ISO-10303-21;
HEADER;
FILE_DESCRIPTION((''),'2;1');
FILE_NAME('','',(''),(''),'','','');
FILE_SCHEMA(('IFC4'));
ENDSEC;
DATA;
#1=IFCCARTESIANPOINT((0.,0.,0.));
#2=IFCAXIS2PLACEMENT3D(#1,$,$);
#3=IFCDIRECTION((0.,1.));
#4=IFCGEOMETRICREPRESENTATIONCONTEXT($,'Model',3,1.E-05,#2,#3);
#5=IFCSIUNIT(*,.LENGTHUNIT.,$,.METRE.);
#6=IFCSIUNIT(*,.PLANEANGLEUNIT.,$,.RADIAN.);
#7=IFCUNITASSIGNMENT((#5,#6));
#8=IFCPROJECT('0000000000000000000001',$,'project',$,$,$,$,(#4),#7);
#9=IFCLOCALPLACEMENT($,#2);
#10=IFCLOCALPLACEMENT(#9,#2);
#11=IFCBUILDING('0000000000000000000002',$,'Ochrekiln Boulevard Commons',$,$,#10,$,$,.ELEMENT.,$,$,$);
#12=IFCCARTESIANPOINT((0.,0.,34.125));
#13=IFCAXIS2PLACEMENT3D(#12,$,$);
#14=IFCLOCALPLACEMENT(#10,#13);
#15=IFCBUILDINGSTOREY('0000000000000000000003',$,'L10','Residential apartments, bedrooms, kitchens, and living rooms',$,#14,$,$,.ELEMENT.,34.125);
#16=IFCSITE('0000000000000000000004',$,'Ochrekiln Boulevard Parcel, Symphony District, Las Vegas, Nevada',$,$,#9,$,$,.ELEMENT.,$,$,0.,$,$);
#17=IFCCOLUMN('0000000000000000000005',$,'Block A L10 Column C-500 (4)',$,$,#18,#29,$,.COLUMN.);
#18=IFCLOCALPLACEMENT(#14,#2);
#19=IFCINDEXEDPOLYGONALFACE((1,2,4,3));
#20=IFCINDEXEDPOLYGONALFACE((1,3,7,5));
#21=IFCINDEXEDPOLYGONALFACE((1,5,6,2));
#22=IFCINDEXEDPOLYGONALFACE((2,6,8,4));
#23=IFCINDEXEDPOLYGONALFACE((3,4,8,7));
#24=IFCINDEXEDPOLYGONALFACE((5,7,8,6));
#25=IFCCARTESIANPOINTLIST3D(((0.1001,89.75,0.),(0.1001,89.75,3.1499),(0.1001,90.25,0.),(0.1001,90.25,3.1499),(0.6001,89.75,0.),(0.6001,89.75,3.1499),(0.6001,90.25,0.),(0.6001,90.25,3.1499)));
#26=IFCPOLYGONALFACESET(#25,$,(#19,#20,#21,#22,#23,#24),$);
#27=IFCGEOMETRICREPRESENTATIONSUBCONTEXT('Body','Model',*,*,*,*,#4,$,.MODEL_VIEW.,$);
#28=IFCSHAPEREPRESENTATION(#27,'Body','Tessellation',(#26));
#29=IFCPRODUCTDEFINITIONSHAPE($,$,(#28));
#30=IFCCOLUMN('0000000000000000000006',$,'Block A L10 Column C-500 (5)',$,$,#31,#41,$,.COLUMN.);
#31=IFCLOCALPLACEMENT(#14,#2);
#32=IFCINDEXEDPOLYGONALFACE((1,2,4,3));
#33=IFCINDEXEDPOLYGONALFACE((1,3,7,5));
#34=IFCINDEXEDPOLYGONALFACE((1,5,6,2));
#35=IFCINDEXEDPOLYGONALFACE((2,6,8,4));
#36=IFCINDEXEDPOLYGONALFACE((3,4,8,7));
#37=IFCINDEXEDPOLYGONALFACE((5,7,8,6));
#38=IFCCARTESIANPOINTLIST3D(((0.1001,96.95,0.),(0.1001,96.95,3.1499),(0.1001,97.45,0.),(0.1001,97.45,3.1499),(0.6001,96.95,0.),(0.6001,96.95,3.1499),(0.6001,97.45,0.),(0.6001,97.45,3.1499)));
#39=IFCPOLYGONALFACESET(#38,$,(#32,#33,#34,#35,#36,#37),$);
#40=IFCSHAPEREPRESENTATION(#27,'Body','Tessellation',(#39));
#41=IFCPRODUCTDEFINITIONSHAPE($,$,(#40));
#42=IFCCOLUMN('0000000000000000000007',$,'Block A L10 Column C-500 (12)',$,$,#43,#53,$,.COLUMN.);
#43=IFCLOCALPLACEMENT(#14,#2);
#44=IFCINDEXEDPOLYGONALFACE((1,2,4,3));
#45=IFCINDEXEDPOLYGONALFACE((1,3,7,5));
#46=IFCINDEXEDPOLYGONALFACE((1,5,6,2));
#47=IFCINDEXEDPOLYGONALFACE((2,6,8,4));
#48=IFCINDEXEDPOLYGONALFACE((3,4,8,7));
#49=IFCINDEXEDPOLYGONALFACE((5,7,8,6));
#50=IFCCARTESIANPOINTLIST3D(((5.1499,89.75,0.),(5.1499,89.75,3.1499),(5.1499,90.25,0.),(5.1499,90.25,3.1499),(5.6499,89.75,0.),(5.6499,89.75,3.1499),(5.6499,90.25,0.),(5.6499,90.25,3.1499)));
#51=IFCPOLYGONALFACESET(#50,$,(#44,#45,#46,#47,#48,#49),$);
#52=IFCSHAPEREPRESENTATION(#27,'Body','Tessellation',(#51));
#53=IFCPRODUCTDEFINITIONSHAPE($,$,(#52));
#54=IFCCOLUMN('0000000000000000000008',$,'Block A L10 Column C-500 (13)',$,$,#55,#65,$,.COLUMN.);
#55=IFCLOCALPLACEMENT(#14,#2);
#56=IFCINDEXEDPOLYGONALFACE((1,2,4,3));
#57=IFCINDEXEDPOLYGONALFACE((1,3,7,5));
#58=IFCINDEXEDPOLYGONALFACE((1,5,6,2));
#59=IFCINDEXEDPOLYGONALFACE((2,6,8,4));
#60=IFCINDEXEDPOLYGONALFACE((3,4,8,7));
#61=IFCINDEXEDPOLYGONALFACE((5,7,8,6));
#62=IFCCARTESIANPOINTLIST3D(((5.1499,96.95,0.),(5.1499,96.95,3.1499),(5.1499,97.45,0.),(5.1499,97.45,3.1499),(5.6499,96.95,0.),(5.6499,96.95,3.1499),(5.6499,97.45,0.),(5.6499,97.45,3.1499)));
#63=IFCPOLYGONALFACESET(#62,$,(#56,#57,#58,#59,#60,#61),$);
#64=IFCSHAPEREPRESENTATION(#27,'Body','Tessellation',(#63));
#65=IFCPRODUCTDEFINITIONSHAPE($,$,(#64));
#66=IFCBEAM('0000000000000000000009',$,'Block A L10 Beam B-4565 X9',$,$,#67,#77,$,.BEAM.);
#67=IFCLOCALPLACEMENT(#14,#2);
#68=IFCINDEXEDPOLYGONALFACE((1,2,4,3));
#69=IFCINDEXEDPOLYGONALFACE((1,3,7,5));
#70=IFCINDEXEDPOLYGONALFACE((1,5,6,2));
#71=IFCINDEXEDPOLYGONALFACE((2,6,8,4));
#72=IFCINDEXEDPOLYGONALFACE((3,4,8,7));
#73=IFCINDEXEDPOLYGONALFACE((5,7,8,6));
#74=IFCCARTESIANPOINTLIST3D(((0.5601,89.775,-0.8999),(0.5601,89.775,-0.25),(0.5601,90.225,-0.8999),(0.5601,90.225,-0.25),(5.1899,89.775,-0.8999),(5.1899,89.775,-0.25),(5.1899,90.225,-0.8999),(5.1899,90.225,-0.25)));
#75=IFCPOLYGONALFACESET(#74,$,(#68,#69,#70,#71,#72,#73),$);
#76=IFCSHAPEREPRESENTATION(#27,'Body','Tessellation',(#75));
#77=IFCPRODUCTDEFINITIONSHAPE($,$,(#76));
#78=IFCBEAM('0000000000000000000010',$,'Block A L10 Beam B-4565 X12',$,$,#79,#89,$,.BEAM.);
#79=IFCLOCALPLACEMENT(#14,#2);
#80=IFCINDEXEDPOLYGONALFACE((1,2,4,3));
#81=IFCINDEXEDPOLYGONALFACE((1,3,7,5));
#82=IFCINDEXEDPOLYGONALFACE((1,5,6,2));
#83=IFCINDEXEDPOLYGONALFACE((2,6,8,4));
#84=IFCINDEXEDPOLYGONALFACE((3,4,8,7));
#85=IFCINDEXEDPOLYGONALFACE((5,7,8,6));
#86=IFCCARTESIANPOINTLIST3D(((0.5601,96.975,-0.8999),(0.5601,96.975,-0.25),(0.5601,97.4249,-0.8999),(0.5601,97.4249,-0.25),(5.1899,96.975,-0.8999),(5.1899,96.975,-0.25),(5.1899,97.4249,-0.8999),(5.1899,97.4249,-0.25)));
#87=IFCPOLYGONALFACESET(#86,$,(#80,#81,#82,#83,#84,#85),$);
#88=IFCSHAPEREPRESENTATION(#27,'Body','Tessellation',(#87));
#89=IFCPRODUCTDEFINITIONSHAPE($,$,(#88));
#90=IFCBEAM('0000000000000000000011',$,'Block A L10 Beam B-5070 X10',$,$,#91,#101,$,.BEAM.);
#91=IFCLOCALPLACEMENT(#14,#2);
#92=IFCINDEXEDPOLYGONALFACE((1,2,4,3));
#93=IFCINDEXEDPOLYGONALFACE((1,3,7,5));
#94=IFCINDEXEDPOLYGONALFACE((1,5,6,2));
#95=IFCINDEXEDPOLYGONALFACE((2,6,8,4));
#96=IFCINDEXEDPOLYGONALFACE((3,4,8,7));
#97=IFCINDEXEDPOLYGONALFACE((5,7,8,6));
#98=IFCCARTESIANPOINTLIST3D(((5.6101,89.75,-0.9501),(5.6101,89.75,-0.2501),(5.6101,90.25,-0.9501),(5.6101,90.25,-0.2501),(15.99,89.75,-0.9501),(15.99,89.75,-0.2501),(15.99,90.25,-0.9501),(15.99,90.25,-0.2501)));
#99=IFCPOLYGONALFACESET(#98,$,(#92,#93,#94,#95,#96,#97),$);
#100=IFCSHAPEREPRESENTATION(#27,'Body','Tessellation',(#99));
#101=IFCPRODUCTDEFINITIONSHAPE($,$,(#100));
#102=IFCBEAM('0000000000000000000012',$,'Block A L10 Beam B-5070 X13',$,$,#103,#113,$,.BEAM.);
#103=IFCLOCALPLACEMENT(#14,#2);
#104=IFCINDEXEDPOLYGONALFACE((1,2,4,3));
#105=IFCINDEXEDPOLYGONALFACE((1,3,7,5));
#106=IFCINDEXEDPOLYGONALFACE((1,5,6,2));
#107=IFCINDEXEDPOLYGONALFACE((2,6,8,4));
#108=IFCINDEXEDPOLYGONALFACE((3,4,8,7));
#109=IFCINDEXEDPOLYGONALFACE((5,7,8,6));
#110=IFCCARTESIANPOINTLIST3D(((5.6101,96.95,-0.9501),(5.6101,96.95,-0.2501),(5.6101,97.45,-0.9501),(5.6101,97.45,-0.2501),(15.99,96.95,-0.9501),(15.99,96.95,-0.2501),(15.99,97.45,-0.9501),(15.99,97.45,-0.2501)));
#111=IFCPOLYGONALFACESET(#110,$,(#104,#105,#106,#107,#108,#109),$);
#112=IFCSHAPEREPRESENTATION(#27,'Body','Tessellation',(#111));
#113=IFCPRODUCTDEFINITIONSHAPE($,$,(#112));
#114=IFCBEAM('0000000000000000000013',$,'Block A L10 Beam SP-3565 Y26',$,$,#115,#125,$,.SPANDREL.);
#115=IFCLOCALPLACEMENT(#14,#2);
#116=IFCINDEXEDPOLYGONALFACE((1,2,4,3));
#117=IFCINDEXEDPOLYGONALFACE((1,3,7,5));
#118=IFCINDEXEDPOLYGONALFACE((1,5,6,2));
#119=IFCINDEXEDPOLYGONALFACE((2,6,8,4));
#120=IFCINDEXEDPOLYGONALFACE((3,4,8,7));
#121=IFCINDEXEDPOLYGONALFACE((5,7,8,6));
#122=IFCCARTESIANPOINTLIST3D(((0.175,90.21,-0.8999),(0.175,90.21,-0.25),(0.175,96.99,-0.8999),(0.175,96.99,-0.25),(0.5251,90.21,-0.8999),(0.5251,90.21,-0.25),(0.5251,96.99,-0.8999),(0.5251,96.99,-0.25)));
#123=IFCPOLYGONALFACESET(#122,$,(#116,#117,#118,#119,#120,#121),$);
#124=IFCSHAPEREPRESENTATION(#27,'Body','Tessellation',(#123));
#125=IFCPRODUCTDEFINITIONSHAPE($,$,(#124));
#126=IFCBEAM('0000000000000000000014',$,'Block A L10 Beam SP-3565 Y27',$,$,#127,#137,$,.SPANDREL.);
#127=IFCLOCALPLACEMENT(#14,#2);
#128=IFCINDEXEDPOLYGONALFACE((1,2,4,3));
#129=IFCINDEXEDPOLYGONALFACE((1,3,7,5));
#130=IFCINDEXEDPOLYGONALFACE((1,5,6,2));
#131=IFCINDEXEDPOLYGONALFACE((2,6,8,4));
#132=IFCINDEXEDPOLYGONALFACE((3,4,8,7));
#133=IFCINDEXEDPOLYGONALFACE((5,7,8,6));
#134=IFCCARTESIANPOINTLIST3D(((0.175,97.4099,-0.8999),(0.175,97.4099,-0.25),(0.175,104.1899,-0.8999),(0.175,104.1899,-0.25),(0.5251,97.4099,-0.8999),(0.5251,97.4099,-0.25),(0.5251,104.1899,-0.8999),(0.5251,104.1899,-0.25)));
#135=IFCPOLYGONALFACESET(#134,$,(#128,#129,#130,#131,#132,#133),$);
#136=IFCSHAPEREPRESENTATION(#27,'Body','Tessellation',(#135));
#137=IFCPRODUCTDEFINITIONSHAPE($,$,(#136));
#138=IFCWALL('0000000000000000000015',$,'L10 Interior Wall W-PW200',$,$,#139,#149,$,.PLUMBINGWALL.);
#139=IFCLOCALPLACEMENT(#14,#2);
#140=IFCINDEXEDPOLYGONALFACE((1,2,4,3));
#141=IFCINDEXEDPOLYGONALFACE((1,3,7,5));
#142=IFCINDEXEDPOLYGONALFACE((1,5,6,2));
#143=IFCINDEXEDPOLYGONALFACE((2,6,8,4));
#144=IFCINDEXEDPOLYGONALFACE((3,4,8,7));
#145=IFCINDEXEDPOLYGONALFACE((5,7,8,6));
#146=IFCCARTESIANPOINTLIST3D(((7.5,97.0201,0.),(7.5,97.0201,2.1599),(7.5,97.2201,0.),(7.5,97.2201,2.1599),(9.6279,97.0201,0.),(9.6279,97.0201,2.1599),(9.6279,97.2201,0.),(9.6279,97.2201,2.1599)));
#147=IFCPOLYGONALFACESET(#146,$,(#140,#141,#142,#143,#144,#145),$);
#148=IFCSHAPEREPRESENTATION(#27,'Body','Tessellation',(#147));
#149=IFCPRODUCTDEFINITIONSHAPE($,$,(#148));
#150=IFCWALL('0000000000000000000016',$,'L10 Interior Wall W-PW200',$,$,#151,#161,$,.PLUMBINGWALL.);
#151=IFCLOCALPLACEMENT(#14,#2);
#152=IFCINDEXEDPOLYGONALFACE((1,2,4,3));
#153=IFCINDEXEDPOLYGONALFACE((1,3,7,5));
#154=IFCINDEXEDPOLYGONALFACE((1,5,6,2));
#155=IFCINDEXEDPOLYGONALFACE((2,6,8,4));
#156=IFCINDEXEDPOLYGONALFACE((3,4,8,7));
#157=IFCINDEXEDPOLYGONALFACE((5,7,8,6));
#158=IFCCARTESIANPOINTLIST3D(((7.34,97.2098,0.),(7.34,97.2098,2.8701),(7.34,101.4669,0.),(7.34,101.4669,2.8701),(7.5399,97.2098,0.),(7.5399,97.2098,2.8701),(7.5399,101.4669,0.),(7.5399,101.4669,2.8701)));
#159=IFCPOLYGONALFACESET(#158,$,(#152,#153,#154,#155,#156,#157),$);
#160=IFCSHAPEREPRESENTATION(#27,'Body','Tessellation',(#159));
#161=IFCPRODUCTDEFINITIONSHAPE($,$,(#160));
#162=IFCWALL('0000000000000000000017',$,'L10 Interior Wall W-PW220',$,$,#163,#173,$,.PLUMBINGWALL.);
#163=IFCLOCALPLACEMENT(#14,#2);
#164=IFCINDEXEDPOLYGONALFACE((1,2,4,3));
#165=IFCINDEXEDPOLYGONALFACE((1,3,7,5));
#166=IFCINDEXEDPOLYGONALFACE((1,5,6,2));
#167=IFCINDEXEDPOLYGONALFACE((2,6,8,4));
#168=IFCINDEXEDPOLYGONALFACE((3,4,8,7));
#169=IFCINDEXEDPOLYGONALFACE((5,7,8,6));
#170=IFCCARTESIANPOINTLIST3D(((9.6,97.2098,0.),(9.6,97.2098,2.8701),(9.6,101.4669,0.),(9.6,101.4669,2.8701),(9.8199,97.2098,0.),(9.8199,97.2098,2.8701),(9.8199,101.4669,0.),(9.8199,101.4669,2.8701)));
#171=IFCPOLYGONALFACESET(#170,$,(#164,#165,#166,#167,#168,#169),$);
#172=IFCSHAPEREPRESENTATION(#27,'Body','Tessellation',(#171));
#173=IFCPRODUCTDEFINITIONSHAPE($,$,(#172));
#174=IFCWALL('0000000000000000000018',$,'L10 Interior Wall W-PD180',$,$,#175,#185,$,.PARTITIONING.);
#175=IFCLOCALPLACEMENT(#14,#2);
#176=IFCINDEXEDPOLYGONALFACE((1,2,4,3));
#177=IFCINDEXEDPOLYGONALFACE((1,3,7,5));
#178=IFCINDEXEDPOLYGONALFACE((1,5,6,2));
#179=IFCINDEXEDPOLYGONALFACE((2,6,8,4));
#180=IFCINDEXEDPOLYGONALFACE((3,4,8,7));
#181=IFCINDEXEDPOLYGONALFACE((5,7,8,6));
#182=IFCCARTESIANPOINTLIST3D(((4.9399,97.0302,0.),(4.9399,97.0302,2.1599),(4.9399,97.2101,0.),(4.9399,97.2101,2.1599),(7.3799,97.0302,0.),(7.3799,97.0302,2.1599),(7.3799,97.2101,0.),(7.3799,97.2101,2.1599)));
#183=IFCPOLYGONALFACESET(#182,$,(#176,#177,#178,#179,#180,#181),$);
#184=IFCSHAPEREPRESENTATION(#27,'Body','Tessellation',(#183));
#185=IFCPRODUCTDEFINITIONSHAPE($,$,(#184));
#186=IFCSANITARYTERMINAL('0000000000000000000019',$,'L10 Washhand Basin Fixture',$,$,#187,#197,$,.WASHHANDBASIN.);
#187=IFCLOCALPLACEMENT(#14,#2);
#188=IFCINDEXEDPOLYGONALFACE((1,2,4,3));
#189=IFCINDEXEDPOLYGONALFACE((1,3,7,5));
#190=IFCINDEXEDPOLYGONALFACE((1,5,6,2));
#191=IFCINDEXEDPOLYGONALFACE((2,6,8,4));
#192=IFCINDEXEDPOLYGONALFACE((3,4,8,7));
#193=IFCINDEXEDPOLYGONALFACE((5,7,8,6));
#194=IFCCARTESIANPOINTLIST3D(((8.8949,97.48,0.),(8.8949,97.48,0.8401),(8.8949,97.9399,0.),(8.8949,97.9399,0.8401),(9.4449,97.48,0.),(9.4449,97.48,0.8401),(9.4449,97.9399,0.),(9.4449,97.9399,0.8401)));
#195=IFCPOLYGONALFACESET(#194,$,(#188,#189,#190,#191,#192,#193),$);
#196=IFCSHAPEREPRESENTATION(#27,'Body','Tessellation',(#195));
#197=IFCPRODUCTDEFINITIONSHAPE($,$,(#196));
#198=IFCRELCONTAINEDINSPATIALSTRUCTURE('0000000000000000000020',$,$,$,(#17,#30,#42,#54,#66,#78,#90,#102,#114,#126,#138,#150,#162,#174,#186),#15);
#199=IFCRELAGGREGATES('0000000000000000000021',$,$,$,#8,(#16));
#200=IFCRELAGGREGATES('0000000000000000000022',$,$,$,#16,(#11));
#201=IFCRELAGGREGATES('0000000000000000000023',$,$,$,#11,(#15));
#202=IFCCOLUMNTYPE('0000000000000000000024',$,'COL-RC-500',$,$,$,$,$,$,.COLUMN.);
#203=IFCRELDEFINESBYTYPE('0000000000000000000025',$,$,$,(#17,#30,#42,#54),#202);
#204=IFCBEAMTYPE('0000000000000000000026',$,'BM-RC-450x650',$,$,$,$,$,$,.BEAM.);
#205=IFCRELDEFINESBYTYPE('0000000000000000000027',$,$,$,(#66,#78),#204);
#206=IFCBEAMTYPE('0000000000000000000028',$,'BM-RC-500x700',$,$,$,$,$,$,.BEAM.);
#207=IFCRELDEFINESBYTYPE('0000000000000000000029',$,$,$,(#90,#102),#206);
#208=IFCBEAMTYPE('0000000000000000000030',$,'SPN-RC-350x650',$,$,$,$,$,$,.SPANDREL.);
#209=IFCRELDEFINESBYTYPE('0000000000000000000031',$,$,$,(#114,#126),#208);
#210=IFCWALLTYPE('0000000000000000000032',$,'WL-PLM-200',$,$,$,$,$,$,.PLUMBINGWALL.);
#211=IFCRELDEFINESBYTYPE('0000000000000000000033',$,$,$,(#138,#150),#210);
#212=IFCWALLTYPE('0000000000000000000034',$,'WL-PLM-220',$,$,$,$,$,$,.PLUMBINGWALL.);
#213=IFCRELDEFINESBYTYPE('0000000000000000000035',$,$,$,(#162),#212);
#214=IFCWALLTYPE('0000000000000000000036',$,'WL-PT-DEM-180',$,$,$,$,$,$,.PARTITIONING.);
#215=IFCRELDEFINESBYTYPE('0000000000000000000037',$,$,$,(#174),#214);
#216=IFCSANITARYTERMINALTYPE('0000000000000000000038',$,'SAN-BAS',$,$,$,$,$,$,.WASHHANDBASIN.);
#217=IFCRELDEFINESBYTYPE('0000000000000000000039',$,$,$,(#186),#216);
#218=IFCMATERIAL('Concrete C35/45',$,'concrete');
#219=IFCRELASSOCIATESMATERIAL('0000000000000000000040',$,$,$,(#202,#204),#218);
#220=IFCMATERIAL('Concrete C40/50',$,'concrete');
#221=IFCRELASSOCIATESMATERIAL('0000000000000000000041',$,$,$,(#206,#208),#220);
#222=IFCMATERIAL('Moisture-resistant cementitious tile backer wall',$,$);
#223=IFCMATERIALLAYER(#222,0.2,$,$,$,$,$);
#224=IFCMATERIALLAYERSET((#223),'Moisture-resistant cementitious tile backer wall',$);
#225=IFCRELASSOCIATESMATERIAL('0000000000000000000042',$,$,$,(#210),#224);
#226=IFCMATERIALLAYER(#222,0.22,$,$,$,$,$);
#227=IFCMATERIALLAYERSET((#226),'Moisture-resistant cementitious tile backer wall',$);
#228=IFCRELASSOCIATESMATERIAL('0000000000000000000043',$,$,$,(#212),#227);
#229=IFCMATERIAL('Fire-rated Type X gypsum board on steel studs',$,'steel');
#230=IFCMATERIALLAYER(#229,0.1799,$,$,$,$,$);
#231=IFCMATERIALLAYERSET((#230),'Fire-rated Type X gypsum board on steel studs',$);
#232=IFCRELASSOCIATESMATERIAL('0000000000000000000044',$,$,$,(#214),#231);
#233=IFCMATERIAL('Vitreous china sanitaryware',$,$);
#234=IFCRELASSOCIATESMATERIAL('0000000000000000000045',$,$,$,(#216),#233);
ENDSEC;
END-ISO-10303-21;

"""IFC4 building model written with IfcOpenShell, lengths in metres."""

from ifc_helpers import new_model, si_unit, direction, frame, frame_2d, origin, origin_2d, place, context, subcontext, project, spatial, rectangle, extrude, material, layer, layer_set, material_profile, profile_set, type_object, element, save


model = new_model("IFC4")

# Units and contexts
model_context = context("Model", 3, precision=1e-05, world=origin(), true_north=direction((0.0, 1.0)))
body_context = subcontext(model_context, "Body", "Model", "MODEL_VIEW")
ifc_project = project(units=[si_unit("LENGTHUNIT", "METRE"), si_unit("PLANEANGLEUNIT", "RADIAN")], contexts=[model_context])

# Site, building, storey
site_placement = place(None, origin())
site = spatial("IfcSite", under=ifc_project, at=site_placement, Name="Ochrekiln Boulevard Parcel, Symphony District, Las Vegas, Nevada", CompositionType="ELEMENT", RefElevation=0.0)
building_placement = place(site_placement, origin())
building = spatial("IfcBuilding", under=site, at=building_placement, Name="Ochrekiln Boulevard Commons", CompositionType="ELEMENT")
storey_placement = place(building_placement, frame((0.0, 0.0, 34.125)))
storey = spatial("IfcBuildingStorey", under=building, at=storey_placement, Name="L10", Description="Residential apartments, bedrooms, kitchens, and living rooms", CompositionType="ELEMENT", Elevation=34.125)

# Columns
ifc_material_1 = material(Name="Concrete C35/45", Category="concrete")
ifc_material_profile_1 = material_profile(ifc_material_1, rectangle(XDim=0.5, YDim=0.5, at=origin_2d()), Name="RC-COL-500x500")
ifc_profile_set_1 = profile_set([ifc_material_profile_1], Name="Concrete C35/45")
column_type = type_object("IfcColumnType", Name="COL-RC-500", PredefinedType="COLUMN", material=ifc_profile_set_1)
for number, where, z_axis, x_axis, name in (
    (1, (0.3501, 90.0, 0.0), (0.0, 0.0, 1.0), (1.0, 0.0, 0.0), "Block A L10 Column C-500 (4)"),
    (2, (0.3501, 97.2, 0.0), (0.0, 0.0, 1.0), (1.0, 0.0, 0.0), "Block A L10 Column C-500 (5)"),
    (3, (5.3999, 90.0, 0.0), (0.0, 0.0, 1.0), (1.0, 0.0, 0.0), "Block A L10 Column C-500 (12)"),
    (4, (5.3999, 97.2, 0.0), (0.0, 0.0, 1.0), (1.0, 0.0, 0.0), "Block A L10 Column C-500 (13)"),
):
    element("IfcColumn", number, at=place(storey_placement, frame(where, z_axis=z_axis, x_axis=x_axis)), inside=storey, type_object=column_type, Name=name, PredefinedType="COLUMN", context=body_context, shape_type="SweptSolid", body=[
        extrude(rectangle(XDim=0.5, YDim=0.5, at=origin_2d()), origin(), (0.0, 0.0, 1.0), 3.1499),
    ])

# Beams
ifc_material_profile_2 = material_profile(ifc_material_1, rectangle(XDim=0.45, YDim=0.6499, at=origin_2d()), Name="RC-BM-450x650")
ifc_profile_set_2 = profile_set([ifc_material_profile_2], Name="Concrete C35/45")
beam_type_1 = type_object("IfcBeamType", Name="BM-RC-450x650", PredefinedType="BEAM", material=ifc_profile_set_2)
for number, where, z_axis, x_axis, name in (
    (5, (0.5601, 90.0, -0.575), (1.0, 0.0, 0.0), (0.0, 1.0, 0.0), "Block A L10 Beam B-4565 X9"),
    (6, (0.5601, 97.2, -0.575), (1.0, 0.0, 0.0), (0.0, 1.0, 0.0), "Block A L10 Beam B-4565 X12"),
):
    element("IfcBeam", number, at=place(storey_placement, frame(where, z_axis=z_axis, x_axis=x_axis)), inside=storey, type_object=beam_type_1, Name=name, PredefinedType="BEAM", context=body_context, shape_type="SweptSolid", body=[
        extrude(rectangle(XDim=0.45, YDim=0.6499, at=origin_2d()), origin(), (0.0, 0.0, 1.0), 4.6299),
    ])
ifc_material_2 = material(Name="Concrete C40/50", Category="concrete")
ifc_material_profile_3 = material_profile(ifc_material_2, rectangle(XDim=0.5, YDim=0.7, at=origin_2d()), Name="RC-BM-500x700")
ifc_profile_set_3 = profile_set([ifc_material_profile_3], Name="Concrete C40/50")
beam_type_2 = type_object("IfcBeamType", Name="BM-RC-500x700", PredefinedType="BEAM", material=ifc_profile_set_3)
for number, where, z_axis, x_axis, name in (
    (7, (5.6101, 90.0, -0.6001), (1.0, 0.0, 0.0), (0.0, 1.0, 0.0), "Block A L10 Beam B-5070 X10"),
    (8, (5.6101, 97.2, -0.6001), (1.0, 0.0, 0.0), (0.0, 1.0, 0.0), "Block A L10 Beam B-5070 X13"),
):
    element("IfcBeam", number, at=place(storey_placement, frame(where, z_axis=z_axis, x_axis=x_axis)), inside=storey, type_object=beam_type_2, Name=name, PredefinedType="BEAM", context=body_context, shape_type="SweptSolid", body=[
        extrude(rectangle(XDim=0.5, YDim=0.7, at=origin_2d()), origin(), (0.0, 0.0, 1.0), 10.3799),
    ])
ifc_material_profile_4 = material_profile(ifc_material_2, rectangle(XDim=0.3501, YDim=0.6499, at=origin_2d()), Name="RC-SPN-350x650")
ifc_profile_set_4 = profile_set([ifc_material_profile_4], Name="Concrete C40/50")
beam_type_3 = type_object("IfcBeamType", Name="SPN-RC-350x650", PredefinedType="SPANDREL", material=ifc_profile_set_4)
for number, where, z_axis, x_axis, name in (
    (9, (0.3501, 90.21, -0.575), (0.0, 1.0, 0.0), (-1.0, 0.0, 0.0), "Block A L10 Beam SP-3565 Y26"),
    (10, (0.3501, 97.4099, -0.575), (0.0, 1.0, 0.0), (-1.0, 0.0, 0.0), "Block A L10 Beam SP-3565 Y27"),
):
    element("IfcBeam", number, at=place(storey_placement, frame(where, z_axis=z_axis, x_axis=x_axis)), inside=storey, type_object=beam_type_3, Name=name, PredefinedType="SPANDREL", context=body_context, shape_type="SweptSolid", body=[
        extrude(rectangle(XDim=0.3501, YDim=0.6499, at=origin_2d()), origin(), (0.0, 0.0, 1.0), 6.78),
    ])

# Walls
ifc_material_3 = material(Name="Moisture-resistant cementitious tile backer wall")
ifc_layer_1 = layer(ifc_material_3, 0.2)
ifc_layer_set_1 = layer_set([ifc_layer_1], Name="Moisture-resistant cementitious tile backer wall")
wall_type_1 = type_object("IfcWallType", Name="WL-PLM-200", PredefinedType="PLUMBINGWALL", material=ifc_layer_set_1)
wall_1_placement = place(storey_placement, frame((7.5, 97.1201, 0.0), z_axis=(0.0, 0.0, 1.0), x_axis=(1.0, 0.0, 0.0)))
element("IfcWall", 11, at=wall_1_placement, inside=storey, type_object=wall_type_1, Name="L10 Interior Wall W-PW200", PredefinedType="PLUMBINGWALL", context=body_context, shape_type="SweptSolid", body=[
    extrude(rectangle(XDim=2.1279, YDim=0.2, at=frame_2d((1.064, 0.0))), origin(), (0.0, 0.0, 1.0), 2.1599),
])
wall_2_placement = place(storey_placement, frame((7.4399, 97.21, 0.0), z_axis=(0.0, 0.0, 1.0), x_axis=(0.0, 1.0, 0.0)))
element("IfcWall", 12, at=wall_2_placement, inside=storey, type_object=wall_type_1, Name="L10 Interior Wall W-PW200", PredefinedType="PLUMBINGWALL", context=body_context, shape_type="SweptSolid", body=[
    extrude(rectangle(XDim=4.2571, YDim=0.2, at=frame_2d((2.1284, 0.0))), origin(), (0.0, 0.0, 1.0), 2.8701),
])
ifc_layer_2 = layer(ifc_material_3, 0.22)
ifc_layer_set_2 = layer_set([ifc_layer_2], Name="Moisture-resistant cementitious tile backer wall")
wall_type_2 = type_object("IfcWallType", Name="WL-PLM-220", PredefinedType="PLUMBINGWALL", material=ifc_layer_set_2)
wall_3_placement = place(storey_placement, frame((9.71, 97.21, 0.0), z_axis=(0.0, 0.0, 1.0), x_axis=(0.0, 1.0, 0.0)))
element("IfcWall", 13, at=wall_3_placement, inside=storey, type_object=wall_type_2, Name="L10 Interior Wall W-PW220", PredefinedType="PLUMBINGWALL", context=body_context, shape_type="SweptSolid", body=[
    extrude(rectangle(XDim=4.2571, YDim=0.22, at=frame_2d((2.1284, 0.0))), origin(), (0.0, 0.0, 1.0), 2.8701),
])
ifc_material_4 = material(Name="Fire-rated Type X gypsum board on steel studs", Category="steel")
ifc_layer_3 = layer(ifc_material_4, 0.1799)
ifc_layer_set_3 = layer_set([ifc_layer_3], Name="Fire-rated Type X gypsum board on steel studs")
wall_type_3 = type_object("IfcWallType", Name="WL-PT-DEM-180", PredefinedType="PARTITIONING", material=ifc_layer_set_3)
wall_4_placement = place(storey_placement, frame((4.9399, 97.1201, 0.0), z_axis=(0.0, 0.0, 1.0), x_axis=(1.0, 0.0, 0.0)))
element("IfcWall", 14, at=wall_4_placement, inside=storey, type_object=wall_type_3, Name="L10 Interior Wall W-PD180", PredefinedType="PARTITIONING", context=body_context, shape_type="SweptSolid", body=[
    extrude(rectangle(XDim=2.4399, YDim=0.1799, at=frame_2d((1.22, 0.0))), origin(), (0.0, 0.0, 1.0), 2.1599),
])

# Sanitary terminal
ifc_material_5 = material(Name="Vitreous china sanitaryware")
sanitary_terminal_type_1 = type_object("IfcSanitaryTerminalType", Name="SAN-BAS", PredefinedType="WASHHANDBASIN", material=ifc_material_5)
sanitary_terminal_1_placement = place(storey_placement, frame((9.1699, 97.71, 0.0), z_axis=(0.0, 0.0, 1.0), x_axis=(1.0, 0.0, 0.0)))
element("IfcSanitaryTerminal", 15, at=sanitary_terminal_1_placement, inside=storey, type_object=sanitary_terminal_type_1, Name="L10 Washhand Basin Fixture", PredefinedType="WASHHANDBASIN", context=body_context, shape_type="SweptSolid", body=[
    extrude(rectangle(XDim=0.55, YDim=0.46, at=origin_2d()), origin(), (0.0, 0.0, 1.0), 0.8401),
])

save(model, "model.ifc")
